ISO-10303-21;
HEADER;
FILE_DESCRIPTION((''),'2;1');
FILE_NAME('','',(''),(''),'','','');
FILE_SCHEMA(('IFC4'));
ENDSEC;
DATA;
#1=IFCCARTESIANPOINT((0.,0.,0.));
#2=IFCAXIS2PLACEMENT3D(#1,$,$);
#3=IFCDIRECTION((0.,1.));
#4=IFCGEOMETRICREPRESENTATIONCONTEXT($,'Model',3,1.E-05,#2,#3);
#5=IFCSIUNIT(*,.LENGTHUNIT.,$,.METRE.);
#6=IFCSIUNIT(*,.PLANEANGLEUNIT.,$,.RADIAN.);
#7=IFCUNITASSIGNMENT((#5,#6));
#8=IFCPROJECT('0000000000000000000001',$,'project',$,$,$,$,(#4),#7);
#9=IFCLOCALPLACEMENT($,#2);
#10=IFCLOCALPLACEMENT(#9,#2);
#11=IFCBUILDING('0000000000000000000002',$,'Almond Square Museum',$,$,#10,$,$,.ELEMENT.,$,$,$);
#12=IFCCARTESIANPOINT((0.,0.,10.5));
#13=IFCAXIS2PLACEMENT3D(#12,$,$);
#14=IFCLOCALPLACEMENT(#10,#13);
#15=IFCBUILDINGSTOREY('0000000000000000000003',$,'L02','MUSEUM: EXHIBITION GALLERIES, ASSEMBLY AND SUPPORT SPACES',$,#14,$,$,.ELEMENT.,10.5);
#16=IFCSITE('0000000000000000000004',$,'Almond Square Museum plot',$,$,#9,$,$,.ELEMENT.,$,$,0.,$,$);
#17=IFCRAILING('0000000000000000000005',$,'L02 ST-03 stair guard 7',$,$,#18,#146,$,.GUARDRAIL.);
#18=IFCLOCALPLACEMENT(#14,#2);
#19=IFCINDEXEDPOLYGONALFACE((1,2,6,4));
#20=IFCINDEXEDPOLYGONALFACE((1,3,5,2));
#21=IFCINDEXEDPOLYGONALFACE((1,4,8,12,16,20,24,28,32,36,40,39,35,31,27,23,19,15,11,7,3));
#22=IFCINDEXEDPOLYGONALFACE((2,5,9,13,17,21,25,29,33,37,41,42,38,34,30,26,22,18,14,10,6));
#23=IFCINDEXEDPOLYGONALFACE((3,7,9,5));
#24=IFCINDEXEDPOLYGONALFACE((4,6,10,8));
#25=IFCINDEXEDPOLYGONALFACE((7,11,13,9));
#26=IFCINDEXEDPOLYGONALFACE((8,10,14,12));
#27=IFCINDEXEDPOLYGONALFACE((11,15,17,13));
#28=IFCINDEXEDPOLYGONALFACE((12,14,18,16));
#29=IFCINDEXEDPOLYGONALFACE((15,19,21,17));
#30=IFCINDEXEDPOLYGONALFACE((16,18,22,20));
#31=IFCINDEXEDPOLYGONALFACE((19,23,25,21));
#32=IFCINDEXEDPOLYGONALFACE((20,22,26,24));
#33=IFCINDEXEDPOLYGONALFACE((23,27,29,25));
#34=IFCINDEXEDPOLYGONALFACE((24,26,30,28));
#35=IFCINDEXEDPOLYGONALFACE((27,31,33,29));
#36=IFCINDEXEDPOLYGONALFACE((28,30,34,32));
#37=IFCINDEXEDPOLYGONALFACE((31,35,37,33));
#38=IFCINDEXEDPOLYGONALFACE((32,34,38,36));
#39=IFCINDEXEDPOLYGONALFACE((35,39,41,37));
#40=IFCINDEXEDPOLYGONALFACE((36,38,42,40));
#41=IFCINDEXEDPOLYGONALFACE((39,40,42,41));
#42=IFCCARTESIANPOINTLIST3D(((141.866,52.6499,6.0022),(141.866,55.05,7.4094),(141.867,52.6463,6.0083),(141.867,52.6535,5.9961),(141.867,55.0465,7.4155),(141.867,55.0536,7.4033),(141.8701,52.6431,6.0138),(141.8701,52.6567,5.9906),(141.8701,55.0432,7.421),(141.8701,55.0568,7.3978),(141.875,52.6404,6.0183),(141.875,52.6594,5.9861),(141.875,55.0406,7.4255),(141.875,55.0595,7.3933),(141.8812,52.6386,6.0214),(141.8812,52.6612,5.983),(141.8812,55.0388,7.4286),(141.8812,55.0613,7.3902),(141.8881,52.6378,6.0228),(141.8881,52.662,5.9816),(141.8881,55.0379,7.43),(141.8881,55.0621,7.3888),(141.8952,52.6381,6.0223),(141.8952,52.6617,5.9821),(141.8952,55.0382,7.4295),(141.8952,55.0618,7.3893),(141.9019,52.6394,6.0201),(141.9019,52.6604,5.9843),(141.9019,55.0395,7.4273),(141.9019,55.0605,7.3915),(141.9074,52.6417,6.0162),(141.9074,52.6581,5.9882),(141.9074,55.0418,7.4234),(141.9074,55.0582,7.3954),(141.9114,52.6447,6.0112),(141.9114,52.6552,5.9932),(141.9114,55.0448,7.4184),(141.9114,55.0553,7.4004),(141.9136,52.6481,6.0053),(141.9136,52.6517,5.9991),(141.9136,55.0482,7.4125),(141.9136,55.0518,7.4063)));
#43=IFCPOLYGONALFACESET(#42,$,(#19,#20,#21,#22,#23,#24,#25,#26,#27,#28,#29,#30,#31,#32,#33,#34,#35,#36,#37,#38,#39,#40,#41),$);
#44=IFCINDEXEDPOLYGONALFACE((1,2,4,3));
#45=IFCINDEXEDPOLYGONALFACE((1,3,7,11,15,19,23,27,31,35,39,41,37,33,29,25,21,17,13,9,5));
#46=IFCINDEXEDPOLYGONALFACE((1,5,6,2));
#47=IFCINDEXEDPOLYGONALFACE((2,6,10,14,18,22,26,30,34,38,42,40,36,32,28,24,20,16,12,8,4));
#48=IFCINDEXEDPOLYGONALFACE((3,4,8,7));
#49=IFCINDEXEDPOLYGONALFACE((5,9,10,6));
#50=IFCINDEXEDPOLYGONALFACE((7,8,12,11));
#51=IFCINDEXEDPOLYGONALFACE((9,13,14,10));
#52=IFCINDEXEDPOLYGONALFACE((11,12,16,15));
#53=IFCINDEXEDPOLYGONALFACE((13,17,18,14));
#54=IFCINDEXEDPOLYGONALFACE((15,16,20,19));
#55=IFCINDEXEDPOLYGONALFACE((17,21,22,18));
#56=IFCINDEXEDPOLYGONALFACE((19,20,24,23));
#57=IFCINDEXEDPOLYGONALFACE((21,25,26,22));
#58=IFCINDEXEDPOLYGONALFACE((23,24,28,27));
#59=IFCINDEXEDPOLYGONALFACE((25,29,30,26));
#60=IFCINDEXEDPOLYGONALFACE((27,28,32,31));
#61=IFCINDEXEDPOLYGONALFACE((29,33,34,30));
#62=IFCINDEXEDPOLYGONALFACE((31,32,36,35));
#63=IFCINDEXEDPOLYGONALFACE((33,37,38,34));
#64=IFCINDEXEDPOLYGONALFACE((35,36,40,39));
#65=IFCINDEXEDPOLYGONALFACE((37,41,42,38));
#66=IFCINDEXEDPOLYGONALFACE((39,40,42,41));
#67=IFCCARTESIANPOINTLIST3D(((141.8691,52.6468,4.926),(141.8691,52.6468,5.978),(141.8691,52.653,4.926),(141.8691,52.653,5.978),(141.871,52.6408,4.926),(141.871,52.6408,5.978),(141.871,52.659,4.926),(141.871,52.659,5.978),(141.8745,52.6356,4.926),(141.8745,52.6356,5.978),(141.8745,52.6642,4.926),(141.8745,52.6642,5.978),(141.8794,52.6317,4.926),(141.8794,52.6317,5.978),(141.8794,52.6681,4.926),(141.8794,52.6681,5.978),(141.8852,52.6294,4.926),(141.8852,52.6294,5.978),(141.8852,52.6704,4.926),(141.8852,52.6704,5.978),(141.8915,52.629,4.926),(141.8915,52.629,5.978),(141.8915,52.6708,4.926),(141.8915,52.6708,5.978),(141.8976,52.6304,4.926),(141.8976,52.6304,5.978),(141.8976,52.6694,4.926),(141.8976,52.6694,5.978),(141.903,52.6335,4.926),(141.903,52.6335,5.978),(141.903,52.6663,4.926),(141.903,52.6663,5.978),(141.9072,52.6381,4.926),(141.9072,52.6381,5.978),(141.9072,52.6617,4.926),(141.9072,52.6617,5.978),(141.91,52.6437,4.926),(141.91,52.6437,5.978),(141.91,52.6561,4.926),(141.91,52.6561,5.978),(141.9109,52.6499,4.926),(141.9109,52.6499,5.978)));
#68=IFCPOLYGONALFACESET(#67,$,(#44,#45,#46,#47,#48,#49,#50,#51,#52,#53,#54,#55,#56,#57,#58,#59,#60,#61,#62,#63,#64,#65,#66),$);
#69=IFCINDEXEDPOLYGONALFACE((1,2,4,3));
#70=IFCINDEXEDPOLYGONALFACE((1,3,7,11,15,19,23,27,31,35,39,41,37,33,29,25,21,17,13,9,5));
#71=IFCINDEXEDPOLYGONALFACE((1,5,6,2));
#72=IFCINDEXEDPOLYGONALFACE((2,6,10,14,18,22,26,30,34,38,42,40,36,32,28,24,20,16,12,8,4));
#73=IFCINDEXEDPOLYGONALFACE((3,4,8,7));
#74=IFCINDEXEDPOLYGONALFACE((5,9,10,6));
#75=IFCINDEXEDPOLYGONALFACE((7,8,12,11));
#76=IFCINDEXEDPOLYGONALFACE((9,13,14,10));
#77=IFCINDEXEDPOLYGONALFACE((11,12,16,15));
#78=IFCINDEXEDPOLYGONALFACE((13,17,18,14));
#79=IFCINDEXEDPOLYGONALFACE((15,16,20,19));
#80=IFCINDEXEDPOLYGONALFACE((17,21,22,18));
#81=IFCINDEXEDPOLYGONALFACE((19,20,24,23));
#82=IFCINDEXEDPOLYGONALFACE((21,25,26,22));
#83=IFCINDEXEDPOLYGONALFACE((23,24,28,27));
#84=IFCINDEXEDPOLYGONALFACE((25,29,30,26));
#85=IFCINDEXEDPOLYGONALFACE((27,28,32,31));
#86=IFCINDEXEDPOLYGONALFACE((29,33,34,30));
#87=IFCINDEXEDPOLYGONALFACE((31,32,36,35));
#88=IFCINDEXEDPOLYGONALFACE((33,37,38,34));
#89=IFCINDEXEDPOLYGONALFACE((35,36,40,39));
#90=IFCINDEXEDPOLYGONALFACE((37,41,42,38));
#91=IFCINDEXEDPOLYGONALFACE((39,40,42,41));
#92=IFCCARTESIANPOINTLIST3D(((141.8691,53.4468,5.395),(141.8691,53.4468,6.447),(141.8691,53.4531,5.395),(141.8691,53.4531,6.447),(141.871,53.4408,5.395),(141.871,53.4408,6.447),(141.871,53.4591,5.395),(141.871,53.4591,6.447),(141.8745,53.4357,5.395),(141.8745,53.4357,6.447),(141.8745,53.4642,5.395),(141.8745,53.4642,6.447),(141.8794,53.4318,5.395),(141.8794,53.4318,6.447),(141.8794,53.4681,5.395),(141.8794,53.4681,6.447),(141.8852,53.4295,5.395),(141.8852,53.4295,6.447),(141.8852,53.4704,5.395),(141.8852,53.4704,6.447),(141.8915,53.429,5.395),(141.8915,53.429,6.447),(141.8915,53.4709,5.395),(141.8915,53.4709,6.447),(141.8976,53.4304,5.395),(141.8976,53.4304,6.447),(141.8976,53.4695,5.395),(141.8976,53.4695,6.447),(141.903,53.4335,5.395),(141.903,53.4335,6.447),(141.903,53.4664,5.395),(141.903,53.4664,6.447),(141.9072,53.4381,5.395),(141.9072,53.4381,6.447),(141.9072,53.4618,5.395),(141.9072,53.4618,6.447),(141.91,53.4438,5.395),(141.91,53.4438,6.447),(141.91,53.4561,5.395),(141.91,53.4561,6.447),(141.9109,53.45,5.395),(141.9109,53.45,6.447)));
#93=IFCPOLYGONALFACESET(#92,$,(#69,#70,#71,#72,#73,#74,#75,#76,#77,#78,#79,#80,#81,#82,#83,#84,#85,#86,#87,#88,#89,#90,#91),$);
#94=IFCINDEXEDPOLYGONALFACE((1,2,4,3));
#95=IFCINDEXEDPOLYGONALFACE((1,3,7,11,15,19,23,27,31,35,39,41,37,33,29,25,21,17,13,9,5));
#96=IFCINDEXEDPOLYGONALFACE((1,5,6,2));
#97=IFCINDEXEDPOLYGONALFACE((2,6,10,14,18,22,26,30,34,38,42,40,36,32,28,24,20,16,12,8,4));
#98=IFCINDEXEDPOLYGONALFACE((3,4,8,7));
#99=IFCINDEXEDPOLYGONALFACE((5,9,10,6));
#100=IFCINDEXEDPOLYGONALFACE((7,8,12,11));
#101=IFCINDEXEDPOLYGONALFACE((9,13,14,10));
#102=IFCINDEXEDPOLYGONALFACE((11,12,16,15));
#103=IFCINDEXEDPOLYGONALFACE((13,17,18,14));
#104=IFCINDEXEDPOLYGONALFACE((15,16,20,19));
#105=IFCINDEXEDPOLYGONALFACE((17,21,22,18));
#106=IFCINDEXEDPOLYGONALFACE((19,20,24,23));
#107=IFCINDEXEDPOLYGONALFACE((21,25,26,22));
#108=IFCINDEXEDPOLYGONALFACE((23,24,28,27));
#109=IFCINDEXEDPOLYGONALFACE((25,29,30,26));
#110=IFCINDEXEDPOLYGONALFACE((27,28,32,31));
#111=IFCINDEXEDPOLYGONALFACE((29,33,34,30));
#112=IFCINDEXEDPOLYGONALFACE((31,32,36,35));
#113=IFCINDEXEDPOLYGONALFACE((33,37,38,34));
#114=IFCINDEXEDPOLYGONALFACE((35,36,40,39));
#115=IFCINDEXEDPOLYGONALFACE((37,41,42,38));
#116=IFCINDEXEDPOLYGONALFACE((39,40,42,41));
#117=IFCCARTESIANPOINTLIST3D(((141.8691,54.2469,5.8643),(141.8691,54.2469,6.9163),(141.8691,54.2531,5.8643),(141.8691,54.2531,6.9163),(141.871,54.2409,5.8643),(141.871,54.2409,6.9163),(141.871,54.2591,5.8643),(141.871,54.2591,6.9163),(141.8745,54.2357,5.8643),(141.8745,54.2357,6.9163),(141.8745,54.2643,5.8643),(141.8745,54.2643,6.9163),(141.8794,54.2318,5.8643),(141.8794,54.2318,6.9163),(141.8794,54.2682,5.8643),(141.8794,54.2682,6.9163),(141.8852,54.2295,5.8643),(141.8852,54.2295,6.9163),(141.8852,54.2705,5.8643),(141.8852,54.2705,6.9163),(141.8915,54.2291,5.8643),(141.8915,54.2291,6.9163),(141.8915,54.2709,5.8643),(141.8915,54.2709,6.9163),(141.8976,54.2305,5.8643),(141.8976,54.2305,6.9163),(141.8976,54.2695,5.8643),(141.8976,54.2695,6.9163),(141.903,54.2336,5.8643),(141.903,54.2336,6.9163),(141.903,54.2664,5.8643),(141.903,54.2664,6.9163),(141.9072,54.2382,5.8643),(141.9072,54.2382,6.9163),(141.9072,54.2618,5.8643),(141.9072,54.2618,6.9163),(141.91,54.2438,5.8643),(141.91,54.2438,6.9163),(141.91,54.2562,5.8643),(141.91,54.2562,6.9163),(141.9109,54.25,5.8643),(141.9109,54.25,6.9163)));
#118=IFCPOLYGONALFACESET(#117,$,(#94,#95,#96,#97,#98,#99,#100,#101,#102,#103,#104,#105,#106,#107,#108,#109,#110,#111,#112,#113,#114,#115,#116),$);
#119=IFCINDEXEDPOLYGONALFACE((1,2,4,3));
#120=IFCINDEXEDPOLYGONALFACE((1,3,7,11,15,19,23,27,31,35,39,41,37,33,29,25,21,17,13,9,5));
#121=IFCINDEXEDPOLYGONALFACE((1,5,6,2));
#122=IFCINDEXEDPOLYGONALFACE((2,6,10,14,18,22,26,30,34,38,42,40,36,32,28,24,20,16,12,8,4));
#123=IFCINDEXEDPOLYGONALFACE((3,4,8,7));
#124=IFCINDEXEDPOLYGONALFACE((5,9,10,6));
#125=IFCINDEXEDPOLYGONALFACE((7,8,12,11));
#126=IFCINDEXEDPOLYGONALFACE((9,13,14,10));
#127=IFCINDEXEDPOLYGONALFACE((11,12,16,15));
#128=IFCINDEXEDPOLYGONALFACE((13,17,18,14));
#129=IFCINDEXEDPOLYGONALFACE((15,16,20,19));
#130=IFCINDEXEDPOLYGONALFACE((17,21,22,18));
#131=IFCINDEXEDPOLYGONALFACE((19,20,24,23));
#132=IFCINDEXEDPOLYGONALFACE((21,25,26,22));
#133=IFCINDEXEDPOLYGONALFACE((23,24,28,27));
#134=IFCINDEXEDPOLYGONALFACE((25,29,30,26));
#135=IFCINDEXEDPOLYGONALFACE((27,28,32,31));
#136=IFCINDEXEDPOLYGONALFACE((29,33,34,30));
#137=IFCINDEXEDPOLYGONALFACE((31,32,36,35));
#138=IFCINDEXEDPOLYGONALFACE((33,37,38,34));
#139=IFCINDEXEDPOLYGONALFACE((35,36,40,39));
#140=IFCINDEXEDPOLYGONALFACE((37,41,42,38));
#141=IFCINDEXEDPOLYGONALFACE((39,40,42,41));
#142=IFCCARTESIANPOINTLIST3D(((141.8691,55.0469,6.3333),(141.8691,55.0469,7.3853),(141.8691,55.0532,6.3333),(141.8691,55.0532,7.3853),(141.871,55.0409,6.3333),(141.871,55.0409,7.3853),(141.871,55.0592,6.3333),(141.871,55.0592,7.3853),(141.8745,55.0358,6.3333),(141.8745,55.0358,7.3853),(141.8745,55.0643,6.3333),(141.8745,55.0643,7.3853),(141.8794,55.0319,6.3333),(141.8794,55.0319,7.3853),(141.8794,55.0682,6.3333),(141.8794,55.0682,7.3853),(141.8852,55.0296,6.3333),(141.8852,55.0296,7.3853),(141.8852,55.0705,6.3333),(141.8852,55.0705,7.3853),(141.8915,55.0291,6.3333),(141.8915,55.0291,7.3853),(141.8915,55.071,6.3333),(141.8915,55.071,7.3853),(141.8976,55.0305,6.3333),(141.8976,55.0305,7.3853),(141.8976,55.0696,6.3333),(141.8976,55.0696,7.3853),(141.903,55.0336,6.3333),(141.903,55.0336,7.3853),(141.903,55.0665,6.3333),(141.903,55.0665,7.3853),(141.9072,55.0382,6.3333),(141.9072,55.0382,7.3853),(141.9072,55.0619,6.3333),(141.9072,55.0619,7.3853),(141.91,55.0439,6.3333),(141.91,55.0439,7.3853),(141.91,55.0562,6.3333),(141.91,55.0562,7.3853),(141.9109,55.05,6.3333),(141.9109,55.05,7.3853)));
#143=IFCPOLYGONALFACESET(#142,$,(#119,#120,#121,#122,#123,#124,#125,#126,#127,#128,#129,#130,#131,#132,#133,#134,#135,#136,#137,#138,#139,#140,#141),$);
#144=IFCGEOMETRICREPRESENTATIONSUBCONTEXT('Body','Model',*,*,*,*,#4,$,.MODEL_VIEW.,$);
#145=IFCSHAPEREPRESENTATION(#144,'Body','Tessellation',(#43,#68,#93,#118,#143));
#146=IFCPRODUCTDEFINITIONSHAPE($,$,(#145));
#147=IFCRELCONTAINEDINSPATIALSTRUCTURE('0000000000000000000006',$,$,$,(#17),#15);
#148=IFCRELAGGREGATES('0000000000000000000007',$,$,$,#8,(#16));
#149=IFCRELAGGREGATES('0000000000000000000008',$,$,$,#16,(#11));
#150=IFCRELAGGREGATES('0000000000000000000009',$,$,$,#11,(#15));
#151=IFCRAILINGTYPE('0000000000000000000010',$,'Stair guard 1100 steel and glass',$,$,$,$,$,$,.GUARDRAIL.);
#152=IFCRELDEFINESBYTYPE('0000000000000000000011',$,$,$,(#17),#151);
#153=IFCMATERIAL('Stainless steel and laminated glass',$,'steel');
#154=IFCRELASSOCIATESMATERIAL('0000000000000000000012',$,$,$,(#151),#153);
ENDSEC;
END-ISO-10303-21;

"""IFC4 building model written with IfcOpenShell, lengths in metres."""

from ifc_helpers import new_model, si_unit, direction, frame, origin, origin_2d, place, context, subcontext, project, spatial, circle, extrude, material, type_object, element, save


model = new_model("IFC4")

# Units and contexts
model_context = context("Model", 3, precision=1e-05, world=origin(), true_north=direction((0.0, 1.0)))
body_context = subcontext(model_context, "Body", "Model", "MODEL_VIEW")
ifc_project = project(units=[si_unit("LENGTHUNIT", "METRE"), si_unit("PLANEANGLEUNIT", "RADIAN")], contexts=[model_context])

# Site, building, storey
site_placement = place(None, origin())
site = spatial("IfcSite", under=ifc_project, at=site_placement, Name="Almond Square Museum plot", CompositionType="ELEMENT", RefElevation=0.0)
building_placement = place(site_placement, origin())
building = spatial("IfcBuilding", under=site, at=building_placement, Name="Almond Square Museum", CompositionType="ELEMENT")
storey_placement = place(building_placement, frame((0.0, 0.0, 10.5)))
storey = spatial("IfcBuildingStorey", under=building, at=storey_placement, Name="L02", Description="MUSEUM: EXHIBITION GALLERIES, ASSEMBLY AND SUPPORT SPACES", CompositionType="ELEMENT", Elevation=10.5)

# Railing
ifc_material_1 = material(Name="Stainless steel and laminated glass", Category="steel")
railing_type_1 = type_object("IfcRailingType", Name="Stair guard 1100 steel and glass", PredefinedType="GUARDRAIL", material=ifc_material_1)
railing_1_placement = place(storey_placement, frame((141.8899, 52.6499, 4.926)))
element("IfcRailing", 1, at=railing_1_placement, inside=storey, type_object=railing_type_1, Name="L02 ST-03 stair guard 7", PredefinedType="GUARDRAIL", context=body_context, shape_type="SweptSolid", body=[
    extrude(circle(Radius=0.0239, at=origin_2d()), frame((0.0, 0.0, 1.0762), z_axis=(0.0, 0.86266, 0.505785), x_axis=(-1.0, 0.0, 0.0)), (0.0, 0.0, 1.0), 2.7822),
    extrude(circle(Radius=0.021, at=origin_2d()), origin(), (0.0, 0.0, 1.0), 1.052),
    extrude(circle(Radius=0.021, at=origin_2d()), frame((0.0, 0.8, 0.469)), (0.0, 0.0, 1.0), 1.052),
    extrude(circle(Radius=0.021, at=origin_2d()), frame((0.0, 1.6001, 0.9382)), (0.0, 0.0, 1.0), 1.052),
    extrude(circle(Radius=0.021, at=origin_2d()), frame((0.0, 2.4001, 1.4072)), (0.0, 0.0, 1.0), 1.052),
])

save(model, "model.ifc")
